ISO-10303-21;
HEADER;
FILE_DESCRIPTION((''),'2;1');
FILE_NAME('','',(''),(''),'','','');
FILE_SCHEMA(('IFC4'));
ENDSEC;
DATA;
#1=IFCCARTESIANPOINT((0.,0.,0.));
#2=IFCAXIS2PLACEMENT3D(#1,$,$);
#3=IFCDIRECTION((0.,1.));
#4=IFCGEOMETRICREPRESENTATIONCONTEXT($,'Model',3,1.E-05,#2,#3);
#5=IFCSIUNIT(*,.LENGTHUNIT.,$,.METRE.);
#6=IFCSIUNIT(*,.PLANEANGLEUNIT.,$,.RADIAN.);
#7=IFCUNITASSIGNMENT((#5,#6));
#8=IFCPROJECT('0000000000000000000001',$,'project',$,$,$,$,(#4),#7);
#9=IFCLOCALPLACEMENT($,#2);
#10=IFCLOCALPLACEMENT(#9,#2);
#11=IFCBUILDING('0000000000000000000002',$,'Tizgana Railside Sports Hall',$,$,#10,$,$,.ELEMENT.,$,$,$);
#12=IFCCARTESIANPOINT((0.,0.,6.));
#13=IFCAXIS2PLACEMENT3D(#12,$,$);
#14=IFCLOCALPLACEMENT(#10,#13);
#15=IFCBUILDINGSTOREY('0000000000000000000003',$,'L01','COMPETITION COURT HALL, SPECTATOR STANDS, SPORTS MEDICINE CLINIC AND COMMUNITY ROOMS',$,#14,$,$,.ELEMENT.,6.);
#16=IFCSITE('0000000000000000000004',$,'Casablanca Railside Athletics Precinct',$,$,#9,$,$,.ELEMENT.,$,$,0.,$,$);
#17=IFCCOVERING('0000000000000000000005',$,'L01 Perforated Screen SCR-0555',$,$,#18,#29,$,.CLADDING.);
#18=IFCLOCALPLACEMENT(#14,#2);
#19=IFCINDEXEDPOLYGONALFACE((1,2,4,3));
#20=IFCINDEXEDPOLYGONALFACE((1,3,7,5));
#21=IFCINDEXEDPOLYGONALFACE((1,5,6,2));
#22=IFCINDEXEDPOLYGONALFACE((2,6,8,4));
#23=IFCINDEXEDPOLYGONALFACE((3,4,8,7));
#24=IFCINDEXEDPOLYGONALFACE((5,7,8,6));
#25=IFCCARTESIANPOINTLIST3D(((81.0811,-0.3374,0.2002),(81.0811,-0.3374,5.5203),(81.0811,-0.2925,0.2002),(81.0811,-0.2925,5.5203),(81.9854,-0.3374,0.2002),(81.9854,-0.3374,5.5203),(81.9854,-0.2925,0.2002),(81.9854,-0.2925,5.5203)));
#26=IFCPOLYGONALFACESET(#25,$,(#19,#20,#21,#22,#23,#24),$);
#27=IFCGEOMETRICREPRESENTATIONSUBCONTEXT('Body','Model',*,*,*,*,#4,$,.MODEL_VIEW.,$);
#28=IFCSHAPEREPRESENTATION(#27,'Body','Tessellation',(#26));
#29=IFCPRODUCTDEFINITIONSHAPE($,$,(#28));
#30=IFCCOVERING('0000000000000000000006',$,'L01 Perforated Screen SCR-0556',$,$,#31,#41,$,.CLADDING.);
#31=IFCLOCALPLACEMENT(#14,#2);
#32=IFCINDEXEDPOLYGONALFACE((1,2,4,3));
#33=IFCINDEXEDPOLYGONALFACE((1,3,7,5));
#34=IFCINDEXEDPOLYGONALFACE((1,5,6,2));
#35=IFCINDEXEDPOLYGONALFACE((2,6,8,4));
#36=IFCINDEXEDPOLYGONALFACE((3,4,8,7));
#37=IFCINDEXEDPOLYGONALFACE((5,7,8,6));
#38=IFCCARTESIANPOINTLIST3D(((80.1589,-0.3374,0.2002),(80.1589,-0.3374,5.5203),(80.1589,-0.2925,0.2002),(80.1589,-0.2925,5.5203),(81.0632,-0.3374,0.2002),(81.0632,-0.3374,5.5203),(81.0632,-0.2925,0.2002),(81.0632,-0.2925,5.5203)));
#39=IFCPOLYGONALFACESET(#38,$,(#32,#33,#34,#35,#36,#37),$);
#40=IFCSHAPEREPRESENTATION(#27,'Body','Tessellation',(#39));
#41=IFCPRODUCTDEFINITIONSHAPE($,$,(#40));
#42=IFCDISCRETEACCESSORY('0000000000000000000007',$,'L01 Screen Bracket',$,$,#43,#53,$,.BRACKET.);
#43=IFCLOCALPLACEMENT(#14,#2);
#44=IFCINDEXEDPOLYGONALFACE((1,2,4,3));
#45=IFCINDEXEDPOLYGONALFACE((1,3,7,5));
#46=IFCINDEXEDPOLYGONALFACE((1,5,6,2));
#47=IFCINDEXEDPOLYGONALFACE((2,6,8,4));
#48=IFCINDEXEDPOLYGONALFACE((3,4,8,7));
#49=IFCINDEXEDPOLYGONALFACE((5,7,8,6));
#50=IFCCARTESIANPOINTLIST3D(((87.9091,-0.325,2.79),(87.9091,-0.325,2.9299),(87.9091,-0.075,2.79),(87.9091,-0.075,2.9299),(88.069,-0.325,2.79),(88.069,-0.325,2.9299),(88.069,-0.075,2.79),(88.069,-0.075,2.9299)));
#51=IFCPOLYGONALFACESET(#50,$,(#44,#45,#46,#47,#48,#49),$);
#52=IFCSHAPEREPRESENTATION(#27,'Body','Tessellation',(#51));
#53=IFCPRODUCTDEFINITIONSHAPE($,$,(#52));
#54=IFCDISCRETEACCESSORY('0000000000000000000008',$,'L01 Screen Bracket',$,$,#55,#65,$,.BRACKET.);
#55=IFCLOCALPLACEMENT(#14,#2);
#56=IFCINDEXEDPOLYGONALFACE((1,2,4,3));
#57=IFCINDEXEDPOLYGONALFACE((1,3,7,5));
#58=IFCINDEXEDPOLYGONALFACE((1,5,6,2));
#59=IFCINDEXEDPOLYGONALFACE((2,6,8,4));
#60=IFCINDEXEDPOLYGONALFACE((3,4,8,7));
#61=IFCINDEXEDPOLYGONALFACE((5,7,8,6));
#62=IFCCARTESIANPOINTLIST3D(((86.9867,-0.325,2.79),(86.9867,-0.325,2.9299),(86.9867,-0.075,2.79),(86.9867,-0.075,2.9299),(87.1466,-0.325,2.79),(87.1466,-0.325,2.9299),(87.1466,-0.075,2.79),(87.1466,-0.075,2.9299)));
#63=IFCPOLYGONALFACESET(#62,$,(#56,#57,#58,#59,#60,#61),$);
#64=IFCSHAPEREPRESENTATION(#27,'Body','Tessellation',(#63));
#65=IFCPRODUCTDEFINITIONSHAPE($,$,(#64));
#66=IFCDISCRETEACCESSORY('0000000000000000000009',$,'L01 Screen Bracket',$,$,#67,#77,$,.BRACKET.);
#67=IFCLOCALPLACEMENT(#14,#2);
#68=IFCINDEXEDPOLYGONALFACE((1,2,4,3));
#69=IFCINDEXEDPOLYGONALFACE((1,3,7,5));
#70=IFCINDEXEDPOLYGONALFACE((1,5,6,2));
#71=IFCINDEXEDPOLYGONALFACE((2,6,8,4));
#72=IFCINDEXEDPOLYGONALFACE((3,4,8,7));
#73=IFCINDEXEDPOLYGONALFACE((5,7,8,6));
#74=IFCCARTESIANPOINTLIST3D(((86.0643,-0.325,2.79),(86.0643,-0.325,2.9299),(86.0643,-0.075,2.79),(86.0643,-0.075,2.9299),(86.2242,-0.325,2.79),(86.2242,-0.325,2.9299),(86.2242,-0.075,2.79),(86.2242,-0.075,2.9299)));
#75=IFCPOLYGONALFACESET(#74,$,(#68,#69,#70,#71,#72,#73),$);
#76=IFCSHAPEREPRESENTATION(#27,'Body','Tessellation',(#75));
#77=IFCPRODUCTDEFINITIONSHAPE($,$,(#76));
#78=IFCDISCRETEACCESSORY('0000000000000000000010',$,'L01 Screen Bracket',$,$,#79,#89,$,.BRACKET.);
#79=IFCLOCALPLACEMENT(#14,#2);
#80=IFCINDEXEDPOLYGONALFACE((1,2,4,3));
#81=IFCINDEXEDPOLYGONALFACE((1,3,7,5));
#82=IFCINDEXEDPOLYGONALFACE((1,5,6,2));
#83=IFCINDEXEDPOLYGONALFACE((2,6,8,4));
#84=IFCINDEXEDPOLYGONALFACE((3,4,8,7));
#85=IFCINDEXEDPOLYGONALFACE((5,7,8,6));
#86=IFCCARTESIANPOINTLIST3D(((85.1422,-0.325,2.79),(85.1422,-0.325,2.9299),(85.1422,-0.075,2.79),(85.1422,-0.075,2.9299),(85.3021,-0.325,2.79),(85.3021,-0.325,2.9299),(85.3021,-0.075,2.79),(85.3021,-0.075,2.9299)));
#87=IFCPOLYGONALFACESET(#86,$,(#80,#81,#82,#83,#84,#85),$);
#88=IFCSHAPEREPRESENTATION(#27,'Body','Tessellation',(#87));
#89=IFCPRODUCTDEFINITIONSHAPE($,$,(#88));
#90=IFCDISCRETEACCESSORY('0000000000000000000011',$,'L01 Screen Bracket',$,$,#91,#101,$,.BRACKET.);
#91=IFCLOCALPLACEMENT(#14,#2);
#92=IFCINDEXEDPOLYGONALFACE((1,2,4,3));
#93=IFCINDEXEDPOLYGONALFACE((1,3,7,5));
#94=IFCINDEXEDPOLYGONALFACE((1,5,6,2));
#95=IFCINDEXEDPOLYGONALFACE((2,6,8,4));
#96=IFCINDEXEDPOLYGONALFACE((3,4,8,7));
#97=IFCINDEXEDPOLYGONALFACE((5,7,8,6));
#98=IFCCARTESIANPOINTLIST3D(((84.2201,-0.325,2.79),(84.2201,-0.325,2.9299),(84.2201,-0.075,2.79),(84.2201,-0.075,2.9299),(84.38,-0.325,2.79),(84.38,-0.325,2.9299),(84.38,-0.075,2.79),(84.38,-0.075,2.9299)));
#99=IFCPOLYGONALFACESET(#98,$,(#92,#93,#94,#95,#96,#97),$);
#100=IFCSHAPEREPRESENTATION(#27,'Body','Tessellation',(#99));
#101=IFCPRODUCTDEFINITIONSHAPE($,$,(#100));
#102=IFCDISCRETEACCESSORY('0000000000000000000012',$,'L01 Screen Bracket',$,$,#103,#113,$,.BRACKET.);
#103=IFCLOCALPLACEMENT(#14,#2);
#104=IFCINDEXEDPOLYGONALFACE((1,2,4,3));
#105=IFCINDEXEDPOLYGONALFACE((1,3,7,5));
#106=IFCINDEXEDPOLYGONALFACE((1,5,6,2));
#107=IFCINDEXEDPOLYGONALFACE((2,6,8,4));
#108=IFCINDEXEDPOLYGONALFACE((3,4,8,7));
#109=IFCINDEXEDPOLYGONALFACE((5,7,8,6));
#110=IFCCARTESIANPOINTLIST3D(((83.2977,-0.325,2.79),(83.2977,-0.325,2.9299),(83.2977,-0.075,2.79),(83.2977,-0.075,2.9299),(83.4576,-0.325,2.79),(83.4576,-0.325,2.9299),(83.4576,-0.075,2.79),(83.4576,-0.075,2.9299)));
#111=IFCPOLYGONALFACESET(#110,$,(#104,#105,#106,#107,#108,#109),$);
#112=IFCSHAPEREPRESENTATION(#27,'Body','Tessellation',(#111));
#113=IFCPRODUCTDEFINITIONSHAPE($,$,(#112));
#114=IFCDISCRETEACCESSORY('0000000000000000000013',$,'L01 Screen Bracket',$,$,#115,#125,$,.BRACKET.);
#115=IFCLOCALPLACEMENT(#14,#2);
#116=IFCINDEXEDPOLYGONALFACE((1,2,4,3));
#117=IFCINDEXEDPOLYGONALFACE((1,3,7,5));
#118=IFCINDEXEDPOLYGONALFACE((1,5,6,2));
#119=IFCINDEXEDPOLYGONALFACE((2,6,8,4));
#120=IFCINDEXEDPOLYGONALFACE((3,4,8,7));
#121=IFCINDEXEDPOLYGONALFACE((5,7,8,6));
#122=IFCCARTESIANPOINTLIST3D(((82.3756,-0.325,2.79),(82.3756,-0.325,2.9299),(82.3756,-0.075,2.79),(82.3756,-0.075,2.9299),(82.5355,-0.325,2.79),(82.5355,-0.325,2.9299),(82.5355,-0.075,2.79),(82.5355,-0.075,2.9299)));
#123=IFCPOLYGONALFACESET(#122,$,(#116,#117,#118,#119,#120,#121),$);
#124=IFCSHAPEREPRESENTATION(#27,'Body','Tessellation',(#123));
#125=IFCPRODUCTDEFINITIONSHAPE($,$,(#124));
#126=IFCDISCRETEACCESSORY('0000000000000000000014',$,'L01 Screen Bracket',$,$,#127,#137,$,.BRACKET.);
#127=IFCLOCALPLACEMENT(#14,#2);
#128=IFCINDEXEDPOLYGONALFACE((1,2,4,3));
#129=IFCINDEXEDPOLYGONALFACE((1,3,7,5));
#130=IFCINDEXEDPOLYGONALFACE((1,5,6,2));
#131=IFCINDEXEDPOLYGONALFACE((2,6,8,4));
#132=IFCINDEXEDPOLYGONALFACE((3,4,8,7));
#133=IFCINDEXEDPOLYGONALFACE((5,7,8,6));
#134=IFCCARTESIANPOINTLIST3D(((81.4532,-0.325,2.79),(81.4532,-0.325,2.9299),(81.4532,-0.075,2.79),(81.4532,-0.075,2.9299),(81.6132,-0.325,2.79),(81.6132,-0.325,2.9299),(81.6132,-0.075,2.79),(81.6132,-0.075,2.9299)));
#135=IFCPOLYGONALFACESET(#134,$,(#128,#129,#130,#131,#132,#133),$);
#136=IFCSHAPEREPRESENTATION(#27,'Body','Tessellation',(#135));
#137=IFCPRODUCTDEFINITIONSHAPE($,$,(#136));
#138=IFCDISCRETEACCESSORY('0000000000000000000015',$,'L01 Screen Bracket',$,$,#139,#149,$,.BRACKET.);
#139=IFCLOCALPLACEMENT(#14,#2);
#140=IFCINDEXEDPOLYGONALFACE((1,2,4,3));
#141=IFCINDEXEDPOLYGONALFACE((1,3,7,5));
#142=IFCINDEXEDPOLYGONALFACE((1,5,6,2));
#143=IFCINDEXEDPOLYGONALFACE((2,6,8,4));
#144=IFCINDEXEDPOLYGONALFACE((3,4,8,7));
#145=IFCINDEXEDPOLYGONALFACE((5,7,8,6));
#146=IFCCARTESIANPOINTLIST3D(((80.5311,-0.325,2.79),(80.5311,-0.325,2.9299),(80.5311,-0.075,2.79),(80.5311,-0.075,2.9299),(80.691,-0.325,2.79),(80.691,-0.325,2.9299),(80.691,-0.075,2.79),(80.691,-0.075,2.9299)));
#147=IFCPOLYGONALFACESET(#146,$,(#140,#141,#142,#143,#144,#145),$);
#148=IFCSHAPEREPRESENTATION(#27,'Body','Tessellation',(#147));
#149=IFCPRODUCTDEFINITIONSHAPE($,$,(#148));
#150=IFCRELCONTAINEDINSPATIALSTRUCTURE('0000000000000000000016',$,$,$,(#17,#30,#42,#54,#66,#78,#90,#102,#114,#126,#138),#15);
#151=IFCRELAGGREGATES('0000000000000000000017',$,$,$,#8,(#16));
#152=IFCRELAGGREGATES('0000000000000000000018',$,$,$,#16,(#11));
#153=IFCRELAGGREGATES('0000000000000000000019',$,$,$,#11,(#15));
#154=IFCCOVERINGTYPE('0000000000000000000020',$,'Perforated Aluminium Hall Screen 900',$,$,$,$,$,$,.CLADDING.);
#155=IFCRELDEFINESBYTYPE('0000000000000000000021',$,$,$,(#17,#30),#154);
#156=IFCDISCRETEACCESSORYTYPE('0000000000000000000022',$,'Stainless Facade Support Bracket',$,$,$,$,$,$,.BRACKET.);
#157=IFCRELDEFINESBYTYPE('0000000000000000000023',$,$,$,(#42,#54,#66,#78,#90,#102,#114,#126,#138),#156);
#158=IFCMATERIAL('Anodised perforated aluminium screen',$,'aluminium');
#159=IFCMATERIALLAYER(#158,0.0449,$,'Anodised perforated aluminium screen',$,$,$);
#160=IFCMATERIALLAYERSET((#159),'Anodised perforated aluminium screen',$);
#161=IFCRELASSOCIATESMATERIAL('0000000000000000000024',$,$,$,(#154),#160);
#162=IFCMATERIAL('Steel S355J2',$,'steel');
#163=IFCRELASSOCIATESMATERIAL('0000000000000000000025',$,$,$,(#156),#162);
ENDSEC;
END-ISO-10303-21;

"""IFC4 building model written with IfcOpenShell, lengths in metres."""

from ifc_helpers import new_model, si_unit, direction, frame, origin, origin_2d, place, context, subcontext, project, spatial, rectangle, extrude, material, layer, layer_set, type_object, element, save


model = new_model("IFC4")

# Units and contexts
model_context = context("Model", 3, precision=1e-05, world=origin(), true_north=direction((0.0, 1.0)))
body_context = subcontext(model_context, "Body", "Model", "MODEL_VIEW")
ifc_project = project(units=[si_unit("LENGTHUNIT", "METRE"), si_unit("PLANEANGLEUNIT", "RADIAN")], contexts=[model_context])

# Site, building, storey
site_placement = place(None, origin())
site = spatial("IfcSite", under=ifc_project, at=site_placement, Name="Casablanca Railside Athletics Precinct", CompositionType="ELEMENT", RefElevation=0.0)
building_placement = place(site_placement, origin())
building = spatial("IfcBuilding", under=site, at=building_placement, Name="Tizgana Railside Sports Hall", CompositionType="ELEMENT")
storey_placement = place(building_placement, frame((0.0, 0.0, 6.0)))
storey = spatial("IfcBuildingStorey", under=building, at=storey_placement, Name="L01", Description="COMPETITION COURT HALL, SPECTATOR STANDS, SPORTS MEDICINE CLINIC AND COMMUNITY ROOMS", CompositionType="ELEMENT", Elevation=6.0)

# Shared definitions
ifc_material_1 = material(Name="Steel S355J2", Category="steel")

# Coverings
ifc_material_2 = material(Name="Anodised perforated aluminium screen", Category="aluminium")
ifc_layer_1 = layer(ifc_material_2, 0.0449, Name="Anodised perforated aluminium screen")
ifc_layer_set_1 = layer_set([ifc_layer_1], Name="Anodised perforated aluminium screen")
covering_type = type_object("IfcCoveringType", Name="Perforated Aluminium Hall Screen 900", PredefinedType="CLADDING", material=ifc_layer_set_1)
for number, where, z_axis, x_axis, name in (
    (1, (81.5332, -0.3149, 0.2002), (0.0, 0.0, 1.0), (-1.0, 0.0, 0.0), "L01 Perforated Screen SCR-0555"),
    (2, (80.6111, -0.3149, 0.2002), (0.0, 0.0, 1.0), (-1.0, 0.0, 0.0), "L01 Perforated Screen SCR-0556"),
):
    element("IfcCovering", number, at=place(storey_placement, frame(where, z_axis=z_axis, x_axis=x_axis)), inside=storey, type_object=covering_type, Name=name, PredefinedType="CLADDING", context=body_context, shape_type="SweptSolid", body=[
        extrude(rectangle(XDim=0.9043, YDim=0.0449, at=origin_2d()), origin(), (0.0, 0.0, 1.0), 5.3201),
    ])

# Discrete accessories
discrete_accessory_type = type_object("IfcDiscreteAccessoryType", Name="Stainless Facade Support Bracket", PredefinedType="BRACKET", material=ifc_material_1)
for number, where, z_axis, x_axis, name in (
    (3, (87.989, -0.2, 2.79), (0.0, 0.0, 1.0), (-1.0, 0.0, 0.0), "L01 Screen Bracket"),
    (4, (87.0667, -0.2, 2.79), (0.0, 0.0, 1.0), (-1.0, 0.0, 0.0), "L01 Screen Bracket"),
    (5, (86.1443, -0.2, 2.79), (0.0, 0.0, 1.0), (-1.0, 0.0, 0.0), "L01 Screen Bracket"),
    (6, (85.2222, -0.2, 2.79), (0.0, 0.0, 1.0), (-1.0, 0.0, 0.0), "L01 Screen Bracket"),
    (7, (84.3, -0.2, 2.79), (0.0, 0.0, 1.0), (-1.0, 0.0, 0.0), "L01 Screen Bracket"),
    (8, (83.3777, -0.2, 2.79), (0.0, 0.0, 1.0), (-1.0, 0.0, 0.0), "L01 Screen Bracket"),
    (9, (82.4556, -0.2, 2.79), (0.0, 0.0, 1.0), (-1.0, 0.0, 0.0), "L01 Screen Bracket"),
    (10, (81.5332, -0.2, 2.79), (0.0, 0.0, 1.0), (-1.0, 0.0, 0.0), "L01 Screen Bracket"),
    (11, (80.6111, -0.2, 2.79), (0.0, 0.0, 1.0), (-1.0, 0.0, 0.0), "L01 Screen Bracket"),
):
    element("IfcDiscreteAccessory", number, at=place(storey_placement, frame(where, z_axis=z_axis, x_axis=x_axis)), inside=storey, type_object=discrete_accessory_type, Name=name, PredefinedType="BRACKET", context=body_context, shape_type="SweptSolid", body=[
        extrude(rectangle(XDim=0.1599, YDim=0.25, at=origin_2d()), origin(), (0.0, 0.0, 1.0), 0.1399),
    ])

save(model, "model.ifc")
